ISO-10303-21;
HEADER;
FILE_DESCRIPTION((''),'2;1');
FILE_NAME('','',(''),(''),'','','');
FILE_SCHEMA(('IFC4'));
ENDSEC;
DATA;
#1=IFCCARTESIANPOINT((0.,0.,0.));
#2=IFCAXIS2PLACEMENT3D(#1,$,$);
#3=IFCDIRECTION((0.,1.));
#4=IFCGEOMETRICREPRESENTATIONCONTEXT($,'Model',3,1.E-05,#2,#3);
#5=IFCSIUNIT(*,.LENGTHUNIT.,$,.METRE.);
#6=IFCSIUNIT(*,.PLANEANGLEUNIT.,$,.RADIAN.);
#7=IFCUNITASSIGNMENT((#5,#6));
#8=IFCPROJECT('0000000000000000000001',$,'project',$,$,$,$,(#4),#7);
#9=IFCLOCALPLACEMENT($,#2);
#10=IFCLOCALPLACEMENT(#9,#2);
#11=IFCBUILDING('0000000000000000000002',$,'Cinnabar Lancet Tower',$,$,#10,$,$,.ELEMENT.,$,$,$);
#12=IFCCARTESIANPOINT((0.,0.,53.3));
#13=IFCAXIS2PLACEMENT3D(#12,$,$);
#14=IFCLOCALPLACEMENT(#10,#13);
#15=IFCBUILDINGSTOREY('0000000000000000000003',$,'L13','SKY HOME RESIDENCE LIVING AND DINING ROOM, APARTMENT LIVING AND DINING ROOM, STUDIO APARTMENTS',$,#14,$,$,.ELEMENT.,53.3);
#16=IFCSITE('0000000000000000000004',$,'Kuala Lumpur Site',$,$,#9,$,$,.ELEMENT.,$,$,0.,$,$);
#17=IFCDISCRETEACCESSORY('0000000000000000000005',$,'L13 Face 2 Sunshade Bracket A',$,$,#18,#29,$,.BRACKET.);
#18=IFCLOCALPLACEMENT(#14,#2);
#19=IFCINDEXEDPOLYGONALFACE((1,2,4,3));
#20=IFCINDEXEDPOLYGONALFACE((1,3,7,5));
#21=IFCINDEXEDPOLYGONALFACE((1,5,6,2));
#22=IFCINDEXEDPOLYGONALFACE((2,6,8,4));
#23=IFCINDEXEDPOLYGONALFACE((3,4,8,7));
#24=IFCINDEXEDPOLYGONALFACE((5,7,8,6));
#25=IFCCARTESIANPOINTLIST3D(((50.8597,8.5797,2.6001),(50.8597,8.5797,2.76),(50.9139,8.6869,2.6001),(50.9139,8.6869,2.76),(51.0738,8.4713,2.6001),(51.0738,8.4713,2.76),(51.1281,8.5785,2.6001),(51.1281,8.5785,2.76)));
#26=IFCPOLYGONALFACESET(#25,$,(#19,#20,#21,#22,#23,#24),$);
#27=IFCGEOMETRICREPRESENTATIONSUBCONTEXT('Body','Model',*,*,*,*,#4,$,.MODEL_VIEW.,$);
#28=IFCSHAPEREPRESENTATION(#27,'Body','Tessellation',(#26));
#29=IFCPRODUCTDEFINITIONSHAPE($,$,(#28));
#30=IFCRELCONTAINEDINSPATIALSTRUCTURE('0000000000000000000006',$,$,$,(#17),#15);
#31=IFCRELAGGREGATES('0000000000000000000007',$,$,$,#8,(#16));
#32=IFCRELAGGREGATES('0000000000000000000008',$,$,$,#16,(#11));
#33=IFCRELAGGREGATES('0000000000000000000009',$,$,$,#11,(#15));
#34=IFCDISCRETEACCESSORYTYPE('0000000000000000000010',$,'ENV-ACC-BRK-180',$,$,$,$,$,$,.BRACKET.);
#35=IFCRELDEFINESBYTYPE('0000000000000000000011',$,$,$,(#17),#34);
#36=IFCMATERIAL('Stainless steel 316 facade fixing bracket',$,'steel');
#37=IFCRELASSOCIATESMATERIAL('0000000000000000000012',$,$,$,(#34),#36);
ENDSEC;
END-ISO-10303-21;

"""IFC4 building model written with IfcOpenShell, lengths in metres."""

from ifc_helpers import new_model, si_unit, direction, frame, origin, origin_2d, place, context, subcontext, project, spatial, rectangle, extrude, material, type_object, element, save


model = new_model("IFC4")

# Units and contexts
model_context = context("Model", 3, precision=1e-05, world=origin(), true_north=direction((0.0, 1.0)))
body_context = subcontext(model_context, "Body", "Model", "MODEL_VIEW")
ifc_project = project(units=[si_unit("LENGTHUNIT", "METRE"), si_unit("PLANEANGLEUNIT", "RADIAN")], contexts=[model_context])

# Site, building, storey
site_placement = place(None, origin())
site = spatial("IfcSite", under=ifc_project, at=site_placement, Name="Kuala Lumpur Site", CompositionType="ELEMENT", RefElevation=0.0)
building_placement = place(site_placement, origin())
building = spatial("IfcBuilding", under=site, at=building_placement, Name="Cinnabar Lancet Tower", CompositionType="ELEMENT")
storey_placement = place(building_placement, frame((0.0, 0.0, 53.3)))
storey = spatial("IfcBuildingStorey", under=building, at=storey_placement, Name="L13", Description="SKY HOME RESIDENCE LIVING AND DINING ROOM, APARTMENT LIVING AND DINING ROOM, STUDIO APARTMENTS", CompositionType="ELEMENT", Elevation=53.3)

# Discrete accessory
ifc_material_1 = material(Name="Stainless steel 316 facade fixing bracket", Category="steel")
discrete_accessory_type = type_object("IfcDiscreteAccessoryType", Name="ENV-ACC-BRK-180", PredefinedType="BRACKET", material=ifc_material_1)
discrete_accessory_placement = place(storey_placement, frame((50.9939, 8.5791, 2.6001), z_axis=(0.0, 0.0, 1.0), x_axis=(0.451501, 0.892271, 0.0)))
element("IfcDiscreteAccessory", 1, at=discrete_accessory_placement, inside=storey, type_object=discrete_accessory_type, Name="L13 Face 2 Sunshade Bracket A", PredefinedType="BRACKET", context=body_context, shape_type="SweptSolid", body=[
    extrude(rectangle(XDim=0.1201, YDim=0.24, at=origin_2d()), origin(), (0.0, 0.0, 1.0), 0.1599),
])

save(model, "model.ifc")
